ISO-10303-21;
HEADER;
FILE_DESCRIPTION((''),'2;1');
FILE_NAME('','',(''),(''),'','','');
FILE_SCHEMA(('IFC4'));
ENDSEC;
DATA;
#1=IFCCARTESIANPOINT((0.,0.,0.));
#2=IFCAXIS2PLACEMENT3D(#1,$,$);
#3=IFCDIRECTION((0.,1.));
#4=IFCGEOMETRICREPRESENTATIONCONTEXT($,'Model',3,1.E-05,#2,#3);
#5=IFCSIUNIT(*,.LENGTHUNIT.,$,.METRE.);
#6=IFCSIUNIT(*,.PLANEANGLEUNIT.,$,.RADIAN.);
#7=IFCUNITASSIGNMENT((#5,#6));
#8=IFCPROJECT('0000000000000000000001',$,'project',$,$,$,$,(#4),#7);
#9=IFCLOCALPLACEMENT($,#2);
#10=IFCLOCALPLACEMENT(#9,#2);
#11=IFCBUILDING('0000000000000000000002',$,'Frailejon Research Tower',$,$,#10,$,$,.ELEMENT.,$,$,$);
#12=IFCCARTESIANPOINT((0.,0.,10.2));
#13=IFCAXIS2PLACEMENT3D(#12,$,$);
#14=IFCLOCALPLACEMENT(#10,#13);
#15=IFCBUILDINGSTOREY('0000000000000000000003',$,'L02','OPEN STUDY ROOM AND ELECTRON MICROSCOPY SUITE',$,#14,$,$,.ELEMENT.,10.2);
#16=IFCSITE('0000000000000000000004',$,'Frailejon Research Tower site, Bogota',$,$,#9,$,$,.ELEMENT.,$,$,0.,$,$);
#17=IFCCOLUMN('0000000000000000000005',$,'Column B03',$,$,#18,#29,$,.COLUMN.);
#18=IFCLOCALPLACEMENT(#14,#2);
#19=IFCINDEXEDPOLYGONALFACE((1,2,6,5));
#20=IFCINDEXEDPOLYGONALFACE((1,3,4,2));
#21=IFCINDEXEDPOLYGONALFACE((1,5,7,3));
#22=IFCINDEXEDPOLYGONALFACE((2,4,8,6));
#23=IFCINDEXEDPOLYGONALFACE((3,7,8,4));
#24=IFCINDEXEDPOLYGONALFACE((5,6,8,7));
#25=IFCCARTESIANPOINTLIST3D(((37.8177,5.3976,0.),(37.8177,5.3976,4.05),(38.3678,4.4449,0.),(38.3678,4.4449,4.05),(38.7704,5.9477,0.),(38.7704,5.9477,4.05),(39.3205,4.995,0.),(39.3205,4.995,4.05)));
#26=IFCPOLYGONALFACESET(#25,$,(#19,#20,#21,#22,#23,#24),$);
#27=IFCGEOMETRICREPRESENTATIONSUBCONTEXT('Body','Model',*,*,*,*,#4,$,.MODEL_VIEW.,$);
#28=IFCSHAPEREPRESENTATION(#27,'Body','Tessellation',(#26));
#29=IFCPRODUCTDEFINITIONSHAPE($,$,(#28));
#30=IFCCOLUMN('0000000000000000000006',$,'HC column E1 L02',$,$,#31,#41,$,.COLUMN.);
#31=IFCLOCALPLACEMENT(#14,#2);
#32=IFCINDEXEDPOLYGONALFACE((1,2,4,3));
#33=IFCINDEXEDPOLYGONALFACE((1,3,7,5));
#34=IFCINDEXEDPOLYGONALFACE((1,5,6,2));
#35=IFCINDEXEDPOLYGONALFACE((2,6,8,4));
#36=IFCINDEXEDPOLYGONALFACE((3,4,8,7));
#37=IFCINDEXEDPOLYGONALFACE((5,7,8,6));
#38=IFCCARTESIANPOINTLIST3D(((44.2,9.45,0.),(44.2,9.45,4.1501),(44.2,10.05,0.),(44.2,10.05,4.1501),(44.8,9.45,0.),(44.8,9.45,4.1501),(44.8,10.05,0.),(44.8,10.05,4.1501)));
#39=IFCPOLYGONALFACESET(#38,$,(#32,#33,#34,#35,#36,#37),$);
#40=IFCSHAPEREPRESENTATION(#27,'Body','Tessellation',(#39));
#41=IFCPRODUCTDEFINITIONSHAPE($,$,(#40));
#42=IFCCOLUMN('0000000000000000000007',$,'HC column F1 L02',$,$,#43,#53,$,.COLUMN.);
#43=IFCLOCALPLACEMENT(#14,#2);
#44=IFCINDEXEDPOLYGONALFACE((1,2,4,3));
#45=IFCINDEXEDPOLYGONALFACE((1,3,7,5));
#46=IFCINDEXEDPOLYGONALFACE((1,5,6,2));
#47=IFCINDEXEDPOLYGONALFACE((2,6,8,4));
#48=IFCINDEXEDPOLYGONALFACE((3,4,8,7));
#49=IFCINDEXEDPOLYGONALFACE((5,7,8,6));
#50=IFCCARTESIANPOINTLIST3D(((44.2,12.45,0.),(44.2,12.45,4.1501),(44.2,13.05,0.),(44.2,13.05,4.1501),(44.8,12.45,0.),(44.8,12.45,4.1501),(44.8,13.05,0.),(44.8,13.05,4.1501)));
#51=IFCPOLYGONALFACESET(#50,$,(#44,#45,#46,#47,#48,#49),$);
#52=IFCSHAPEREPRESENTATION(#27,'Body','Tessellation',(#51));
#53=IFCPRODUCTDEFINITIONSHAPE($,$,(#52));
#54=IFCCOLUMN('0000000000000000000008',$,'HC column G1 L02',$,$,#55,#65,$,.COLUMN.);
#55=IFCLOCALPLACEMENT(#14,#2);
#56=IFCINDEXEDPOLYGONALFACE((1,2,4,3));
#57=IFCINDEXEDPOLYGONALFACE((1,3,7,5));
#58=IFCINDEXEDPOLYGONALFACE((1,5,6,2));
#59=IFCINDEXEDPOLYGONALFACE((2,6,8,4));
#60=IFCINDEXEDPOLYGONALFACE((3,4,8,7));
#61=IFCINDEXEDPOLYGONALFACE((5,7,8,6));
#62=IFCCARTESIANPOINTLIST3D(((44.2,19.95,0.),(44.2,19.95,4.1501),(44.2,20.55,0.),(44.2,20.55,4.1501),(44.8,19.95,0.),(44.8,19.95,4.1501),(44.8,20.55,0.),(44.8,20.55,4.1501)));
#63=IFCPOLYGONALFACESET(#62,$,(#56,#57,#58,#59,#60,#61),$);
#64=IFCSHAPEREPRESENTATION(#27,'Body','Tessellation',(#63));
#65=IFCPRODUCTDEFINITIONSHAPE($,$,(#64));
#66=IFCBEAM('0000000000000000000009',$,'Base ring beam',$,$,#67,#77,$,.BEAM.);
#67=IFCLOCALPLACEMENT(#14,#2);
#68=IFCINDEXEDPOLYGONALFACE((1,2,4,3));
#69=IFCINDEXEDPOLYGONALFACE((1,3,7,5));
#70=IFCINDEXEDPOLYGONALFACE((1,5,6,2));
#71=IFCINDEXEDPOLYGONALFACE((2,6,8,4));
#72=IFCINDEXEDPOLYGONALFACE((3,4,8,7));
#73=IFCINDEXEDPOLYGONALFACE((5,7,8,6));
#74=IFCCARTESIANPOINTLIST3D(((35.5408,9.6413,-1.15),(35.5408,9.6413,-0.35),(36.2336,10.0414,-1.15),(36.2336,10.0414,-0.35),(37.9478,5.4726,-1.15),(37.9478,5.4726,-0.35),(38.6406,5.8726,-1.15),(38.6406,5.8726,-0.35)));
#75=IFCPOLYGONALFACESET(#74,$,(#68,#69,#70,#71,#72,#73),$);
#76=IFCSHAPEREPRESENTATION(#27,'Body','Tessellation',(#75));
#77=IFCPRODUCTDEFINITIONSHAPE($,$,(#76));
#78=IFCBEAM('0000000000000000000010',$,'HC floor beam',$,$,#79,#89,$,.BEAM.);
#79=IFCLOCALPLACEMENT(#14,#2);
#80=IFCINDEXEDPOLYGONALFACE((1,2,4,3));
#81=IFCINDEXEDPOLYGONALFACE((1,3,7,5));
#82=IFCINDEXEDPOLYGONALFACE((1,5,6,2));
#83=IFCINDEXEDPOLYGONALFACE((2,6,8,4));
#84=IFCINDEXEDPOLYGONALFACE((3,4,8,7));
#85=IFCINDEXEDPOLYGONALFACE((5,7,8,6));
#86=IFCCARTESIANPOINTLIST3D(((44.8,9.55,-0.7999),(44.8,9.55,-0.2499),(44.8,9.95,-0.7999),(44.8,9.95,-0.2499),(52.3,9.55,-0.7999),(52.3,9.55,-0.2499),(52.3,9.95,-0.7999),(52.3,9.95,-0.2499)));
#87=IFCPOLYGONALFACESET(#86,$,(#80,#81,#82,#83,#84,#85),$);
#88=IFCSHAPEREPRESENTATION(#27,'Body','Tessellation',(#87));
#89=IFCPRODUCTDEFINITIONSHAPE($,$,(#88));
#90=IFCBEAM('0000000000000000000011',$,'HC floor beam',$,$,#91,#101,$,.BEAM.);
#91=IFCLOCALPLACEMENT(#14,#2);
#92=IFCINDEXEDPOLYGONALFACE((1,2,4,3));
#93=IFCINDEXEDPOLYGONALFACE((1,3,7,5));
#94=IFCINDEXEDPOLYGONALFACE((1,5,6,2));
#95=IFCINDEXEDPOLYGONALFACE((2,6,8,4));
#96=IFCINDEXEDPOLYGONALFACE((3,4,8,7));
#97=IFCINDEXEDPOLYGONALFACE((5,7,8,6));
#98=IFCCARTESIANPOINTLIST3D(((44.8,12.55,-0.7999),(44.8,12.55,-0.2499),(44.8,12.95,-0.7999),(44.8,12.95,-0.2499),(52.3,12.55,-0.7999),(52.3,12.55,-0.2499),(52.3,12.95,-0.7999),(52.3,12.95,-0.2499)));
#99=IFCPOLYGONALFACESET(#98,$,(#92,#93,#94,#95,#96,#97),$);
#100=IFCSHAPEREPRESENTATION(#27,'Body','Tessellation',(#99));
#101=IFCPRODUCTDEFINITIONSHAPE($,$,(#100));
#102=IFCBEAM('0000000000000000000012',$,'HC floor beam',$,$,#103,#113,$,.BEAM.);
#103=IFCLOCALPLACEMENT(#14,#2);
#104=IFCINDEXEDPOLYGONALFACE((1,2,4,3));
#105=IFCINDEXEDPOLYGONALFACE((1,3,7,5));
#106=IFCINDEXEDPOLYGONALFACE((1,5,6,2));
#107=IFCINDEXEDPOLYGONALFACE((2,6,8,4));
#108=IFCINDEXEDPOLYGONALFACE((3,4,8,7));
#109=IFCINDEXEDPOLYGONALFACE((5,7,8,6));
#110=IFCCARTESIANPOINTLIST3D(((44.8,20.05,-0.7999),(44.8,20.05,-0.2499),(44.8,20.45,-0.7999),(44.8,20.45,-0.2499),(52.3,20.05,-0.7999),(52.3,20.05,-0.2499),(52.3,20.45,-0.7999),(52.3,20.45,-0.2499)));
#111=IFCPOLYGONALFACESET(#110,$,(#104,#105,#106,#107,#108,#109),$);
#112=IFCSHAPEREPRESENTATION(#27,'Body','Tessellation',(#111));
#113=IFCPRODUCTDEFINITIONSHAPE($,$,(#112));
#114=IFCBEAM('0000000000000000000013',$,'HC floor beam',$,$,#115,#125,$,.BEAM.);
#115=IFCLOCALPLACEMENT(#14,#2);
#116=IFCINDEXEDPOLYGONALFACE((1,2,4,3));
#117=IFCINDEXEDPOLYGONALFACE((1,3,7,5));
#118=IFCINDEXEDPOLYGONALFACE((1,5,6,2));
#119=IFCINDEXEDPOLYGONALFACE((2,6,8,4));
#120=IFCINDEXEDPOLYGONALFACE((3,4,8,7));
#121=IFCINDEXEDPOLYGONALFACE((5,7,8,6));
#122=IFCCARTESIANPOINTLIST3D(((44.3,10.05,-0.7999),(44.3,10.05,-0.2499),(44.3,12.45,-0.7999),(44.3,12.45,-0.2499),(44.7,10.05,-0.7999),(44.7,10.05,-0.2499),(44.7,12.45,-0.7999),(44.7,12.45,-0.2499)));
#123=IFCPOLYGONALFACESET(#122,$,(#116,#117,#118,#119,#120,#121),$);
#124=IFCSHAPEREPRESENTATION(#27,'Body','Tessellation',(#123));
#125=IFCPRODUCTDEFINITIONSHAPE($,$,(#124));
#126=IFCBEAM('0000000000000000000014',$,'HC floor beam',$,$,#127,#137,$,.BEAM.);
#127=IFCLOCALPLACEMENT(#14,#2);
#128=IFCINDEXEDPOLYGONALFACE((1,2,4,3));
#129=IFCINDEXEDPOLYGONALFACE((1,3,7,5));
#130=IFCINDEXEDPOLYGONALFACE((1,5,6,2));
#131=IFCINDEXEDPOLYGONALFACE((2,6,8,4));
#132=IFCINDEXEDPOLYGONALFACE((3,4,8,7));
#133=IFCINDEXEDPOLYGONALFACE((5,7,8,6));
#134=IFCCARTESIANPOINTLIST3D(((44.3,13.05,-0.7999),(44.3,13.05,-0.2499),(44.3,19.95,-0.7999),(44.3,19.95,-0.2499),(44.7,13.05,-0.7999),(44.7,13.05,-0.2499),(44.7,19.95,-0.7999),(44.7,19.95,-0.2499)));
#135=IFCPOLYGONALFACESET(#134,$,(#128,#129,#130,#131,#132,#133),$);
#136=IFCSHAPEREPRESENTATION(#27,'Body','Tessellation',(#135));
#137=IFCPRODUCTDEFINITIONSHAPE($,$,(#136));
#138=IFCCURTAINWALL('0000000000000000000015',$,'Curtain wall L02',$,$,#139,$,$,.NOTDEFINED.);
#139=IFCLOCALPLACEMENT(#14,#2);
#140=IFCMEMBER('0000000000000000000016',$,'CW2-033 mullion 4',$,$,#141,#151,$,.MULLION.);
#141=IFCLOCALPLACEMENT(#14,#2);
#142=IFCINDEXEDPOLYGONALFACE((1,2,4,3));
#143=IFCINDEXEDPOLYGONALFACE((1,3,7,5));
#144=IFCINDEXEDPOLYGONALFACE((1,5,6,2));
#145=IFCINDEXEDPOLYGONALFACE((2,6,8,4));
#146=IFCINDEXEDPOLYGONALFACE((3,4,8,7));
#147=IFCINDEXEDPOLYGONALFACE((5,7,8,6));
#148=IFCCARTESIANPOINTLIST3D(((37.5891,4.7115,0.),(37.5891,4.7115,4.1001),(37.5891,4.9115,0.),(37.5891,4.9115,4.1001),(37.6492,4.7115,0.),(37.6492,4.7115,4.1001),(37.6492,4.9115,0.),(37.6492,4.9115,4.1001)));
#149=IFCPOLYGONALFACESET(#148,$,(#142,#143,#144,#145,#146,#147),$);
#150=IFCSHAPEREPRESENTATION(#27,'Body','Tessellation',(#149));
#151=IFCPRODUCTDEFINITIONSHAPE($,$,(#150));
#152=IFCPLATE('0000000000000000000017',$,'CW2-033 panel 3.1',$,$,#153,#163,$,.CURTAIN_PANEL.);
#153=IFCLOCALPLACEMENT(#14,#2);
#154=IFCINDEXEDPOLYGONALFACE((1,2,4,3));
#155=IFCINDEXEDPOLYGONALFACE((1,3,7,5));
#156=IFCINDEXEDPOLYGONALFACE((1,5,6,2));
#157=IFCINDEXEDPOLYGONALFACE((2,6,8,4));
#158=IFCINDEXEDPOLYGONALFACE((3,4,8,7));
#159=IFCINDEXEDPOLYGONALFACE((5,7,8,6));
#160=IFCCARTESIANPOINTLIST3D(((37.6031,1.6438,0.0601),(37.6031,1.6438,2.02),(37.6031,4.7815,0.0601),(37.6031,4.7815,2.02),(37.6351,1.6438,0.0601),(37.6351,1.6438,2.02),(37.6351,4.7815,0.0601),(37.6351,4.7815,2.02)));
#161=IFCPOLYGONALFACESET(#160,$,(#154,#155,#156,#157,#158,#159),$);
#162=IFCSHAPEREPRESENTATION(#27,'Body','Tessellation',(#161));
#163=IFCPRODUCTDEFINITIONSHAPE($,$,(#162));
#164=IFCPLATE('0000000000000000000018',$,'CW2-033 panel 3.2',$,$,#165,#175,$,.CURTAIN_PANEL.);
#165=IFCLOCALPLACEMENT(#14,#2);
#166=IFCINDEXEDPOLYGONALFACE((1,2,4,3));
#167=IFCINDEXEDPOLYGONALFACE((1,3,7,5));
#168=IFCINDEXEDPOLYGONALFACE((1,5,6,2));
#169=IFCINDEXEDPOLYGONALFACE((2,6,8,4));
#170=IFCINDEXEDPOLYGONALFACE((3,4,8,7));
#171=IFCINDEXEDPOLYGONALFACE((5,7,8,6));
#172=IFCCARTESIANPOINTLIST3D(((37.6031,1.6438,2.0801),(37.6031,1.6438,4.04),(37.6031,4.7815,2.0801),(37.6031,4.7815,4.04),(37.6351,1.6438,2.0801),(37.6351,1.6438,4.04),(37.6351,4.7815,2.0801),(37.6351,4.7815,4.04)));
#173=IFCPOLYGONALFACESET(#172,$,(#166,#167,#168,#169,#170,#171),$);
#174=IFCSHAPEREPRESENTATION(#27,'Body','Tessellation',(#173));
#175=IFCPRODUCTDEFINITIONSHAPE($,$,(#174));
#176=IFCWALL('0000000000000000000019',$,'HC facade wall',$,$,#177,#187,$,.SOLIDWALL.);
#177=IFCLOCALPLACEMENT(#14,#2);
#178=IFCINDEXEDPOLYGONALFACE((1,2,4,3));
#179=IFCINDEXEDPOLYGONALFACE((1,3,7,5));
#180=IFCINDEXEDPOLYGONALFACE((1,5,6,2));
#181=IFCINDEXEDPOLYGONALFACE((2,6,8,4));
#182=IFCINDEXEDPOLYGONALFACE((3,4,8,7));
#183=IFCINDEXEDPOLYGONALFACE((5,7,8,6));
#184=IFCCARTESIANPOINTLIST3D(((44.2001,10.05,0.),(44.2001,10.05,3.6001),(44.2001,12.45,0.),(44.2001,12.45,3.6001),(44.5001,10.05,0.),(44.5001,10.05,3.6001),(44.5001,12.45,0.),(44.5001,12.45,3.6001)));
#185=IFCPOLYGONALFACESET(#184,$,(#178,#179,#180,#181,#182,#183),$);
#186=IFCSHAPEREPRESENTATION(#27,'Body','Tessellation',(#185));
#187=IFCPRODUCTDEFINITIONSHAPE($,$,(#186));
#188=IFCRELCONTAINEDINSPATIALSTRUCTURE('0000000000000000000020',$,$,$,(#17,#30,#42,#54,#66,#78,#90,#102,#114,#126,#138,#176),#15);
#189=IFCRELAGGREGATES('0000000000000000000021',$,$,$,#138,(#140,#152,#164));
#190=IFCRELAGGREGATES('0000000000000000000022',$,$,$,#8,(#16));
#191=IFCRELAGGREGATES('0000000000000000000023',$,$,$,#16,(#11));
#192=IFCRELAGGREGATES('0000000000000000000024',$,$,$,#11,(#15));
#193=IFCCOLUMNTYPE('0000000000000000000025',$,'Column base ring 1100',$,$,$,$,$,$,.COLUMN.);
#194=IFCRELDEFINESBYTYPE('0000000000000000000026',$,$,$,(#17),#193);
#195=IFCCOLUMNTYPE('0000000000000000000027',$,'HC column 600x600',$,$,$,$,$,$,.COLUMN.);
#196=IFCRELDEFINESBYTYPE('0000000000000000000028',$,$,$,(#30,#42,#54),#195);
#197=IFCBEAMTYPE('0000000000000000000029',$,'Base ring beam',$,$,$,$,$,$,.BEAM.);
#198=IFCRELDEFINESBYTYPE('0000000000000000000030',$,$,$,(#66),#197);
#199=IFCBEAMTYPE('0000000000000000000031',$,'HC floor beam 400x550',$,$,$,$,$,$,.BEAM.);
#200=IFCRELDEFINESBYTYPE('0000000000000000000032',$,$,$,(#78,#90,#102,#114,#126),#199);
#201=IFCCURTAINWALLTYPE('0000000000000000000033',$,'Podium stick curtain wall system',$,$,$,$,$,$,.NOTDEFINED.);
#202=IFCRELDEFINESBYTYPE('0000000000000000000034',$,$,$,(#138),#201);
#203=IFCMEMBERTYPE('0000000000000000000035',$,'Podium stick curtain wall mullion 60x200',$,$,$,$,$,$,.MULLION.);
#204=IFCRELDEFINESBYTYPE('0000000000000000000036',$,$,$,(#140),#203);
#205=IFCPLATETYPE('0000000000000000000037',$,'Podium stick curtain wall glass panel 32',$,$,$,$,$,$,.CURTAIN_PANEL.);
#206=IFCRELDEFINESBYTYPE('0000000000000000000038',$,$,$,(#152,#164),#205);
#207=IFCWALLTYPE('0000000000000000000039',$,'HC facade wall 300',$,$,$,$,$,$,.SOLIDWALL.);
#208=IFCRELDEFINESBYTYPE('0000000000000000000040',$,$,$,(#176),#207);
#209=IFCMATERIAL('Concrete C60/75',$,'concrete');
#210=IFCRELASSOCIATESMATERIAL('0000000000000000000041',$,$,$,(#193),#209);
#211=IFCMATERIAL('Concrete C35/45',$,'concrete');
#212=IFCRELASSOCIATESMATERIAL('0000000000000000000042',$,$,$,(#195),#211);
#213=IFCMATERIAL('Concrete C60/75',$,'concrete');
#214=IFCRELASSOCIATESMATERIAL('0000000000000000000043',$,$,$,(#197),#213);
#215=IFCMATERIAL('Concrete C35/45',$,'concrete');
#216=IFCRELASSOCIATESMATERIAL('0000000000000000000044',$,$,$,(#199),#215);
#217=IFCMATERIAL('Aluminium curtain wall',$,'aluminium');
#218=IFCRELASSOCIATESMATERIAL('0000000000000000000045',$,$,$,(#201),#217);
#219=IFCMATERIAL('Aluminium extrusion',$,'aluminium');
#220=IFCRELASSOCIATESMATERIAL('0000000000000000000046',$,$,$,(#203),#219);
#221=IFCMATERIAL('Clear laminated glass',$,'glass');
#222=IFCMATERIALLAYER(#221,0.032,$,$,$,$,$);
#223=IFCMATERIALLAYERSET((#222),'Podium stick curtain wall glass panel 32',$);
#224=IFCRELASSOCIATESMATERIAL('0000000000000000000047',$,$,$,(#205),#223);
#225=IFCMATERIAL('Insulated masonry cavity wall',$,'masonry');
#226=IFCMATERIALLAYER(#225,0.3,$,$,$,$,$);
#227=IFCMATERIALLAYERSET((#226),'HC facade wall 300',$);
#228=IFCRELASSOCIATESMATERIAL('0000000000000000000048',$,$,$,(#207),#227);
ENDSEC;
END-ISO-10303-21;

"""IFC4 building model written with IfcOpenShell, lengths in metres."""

from ifc_helpers import new_model, si_unit, direction, frame, frame_2d, origin, origin_2d, place, context, subcontext, project, spatial, rectangle, extrude, material, layer, layer_set, material_profile, profile_set, type_object, element, aggregate, save


model = new_model("IFC4")

# Units and contexts
model_context = context("Model", 3, precision=1e-05, world=origin(), true_north=direction((0.0, 1.0)))
body_context = subcontext(model_context, "Body", "Model", "MODEL_VIEW")
ifc_project = project(units=[si_unit("LENGTHUNIT", "METRE"), si_unit("PLANEANGLEUNIT", "RADIAN")], contexts=[model_context])

# Site, building, storey
site_placement = place(None, origin())
site = spatial("IfcSite", under=ifc_project, at=site_placement, Name="Frailejon Research Tower site, Bogota", CompositionType="ELEMENT", RefElevation=0.0)
building_placement = place(site_placement, origin())
building = spatial("IfcBuilding", under=site, at=building_placement, Name="Frailejon Research Tower", CompositionType="ELEMENT")
storey_placement = place(building_placement, frame((0.0, 0.0, 10.2)))
storey = spatial("IfcBuildingStorey", under=building, at=storey_placement, Name="L02", Description="OPEN STUDY ROOM AND ELECTRON MICROSCOPY SUITE", CompositionType="ELEMENT", Elevation=10.2)

# Columns
ifc_material_1 = material(Name="Concrete C60/75", Category="concrete")
ifc_material_profile_1 = material_profile(ifc_material_1, rectangle(XDim=1.1001, YDim=1.1001, at=origin_2d()), Name="Column base ring 1100")
ifc_profile_set_1 = profile_set([ifc_material_profile_1], Name="Concrete C60/75")
column_type_1 = type_object("IfcColumnType", Name="Column base ring 1100", PredefinedType="COLUMN", material=ifc_profile_set_1)
column_placement = place(storey_placement, frame((38.5691, 5.1963, 0.0), z_axis=(0.0, 0.0, 1.0), x_axis=(-0.5, 0.866025, 0.0)))
element("IfcColumn", 1, at=column_placement, inside=storey, type_object=column_type_1, Name="Column B03", PredefinedType="COLUMN", context=body_context, shape_type="SweptSolid", body=[
    extrude(rectangle(XDim=1.1001, YDim=1.1001, at=origin_2d()), origin(), (0.0, 0.0, 1.0), 4.05),
])
ifc_material_2 = material(Name="Concrete C35/45", Category="concrete")
ifc_material_profile_2 = material_profile(ifc_material_2, rectangle(XDim=0.6001, YDim=0.6001, at=origin_2d()), Name="HC column 600x600")
ifc_profile_set_2 = profile_set([ifc_material_profile_2], Name="Concrete C35/45")
column_type_2 = type_object("IfcColumnType", Name="HC column 600x600", PredefinedType="COLUMN", material=ifc_profile_set_2)
for number, where, z_axis, x_axis, name in (
    (2, (44.5, 9.75, 0.0), (0.0, 0.0, 1.0), (1.0, 0.0, 0.0), "HC column E1 L02"),
    (3, (44.5, 12.75, 0.0), (0.0, 0.0, 1.0), (1.0, 0.0, 0.0), "HC column F1 L02"),
    (4, (44.5, 20.25, 0.0), (0.0, 0.0, 1.0), (1.0, 0.0, 0.0), "HC column G1 L02"),
):
    element("IfcColumn", number, at=place(storey_placement, frame(where, z_axis=z_axis, x_axis=x_axis)), inside=storey, type_object=column_type_2, Name=name, PredefinedType="COLUMN", context=body_context, shape_type="SweptSolid", body=[
        extrude(rectangle(XDim=0.6001, YDim=0.6001, at=origin_2d()), origin(), (0.0, 0.0, 1.0), 4.1501),
    ])

# Beams
ifc_material_3 = material(Name="Concrete C60/75", Category="concrete")
ifc_material_profile_3 = material_profile(ifc_material_3, rectangle(XDim=0.8, YDim=0.8, at=origin_2d()), Name="Base ring beam")
ifc_profile_set_3 = profile_set([ifc_material_profile_3], Name="Concrete C60/75")
beam_type_1 = type_object("IfcBeamType", Name="Base ring beam", PredefinedType="BEAM", material=ifc_profile_set_3)
beam_1_placement = place(storey_placement, frame((38.2942, 5.6726, -0.75), z_axis=(-0.500028, 0.866009, 0.0), x_axis=(-0.866009, -0.500028, 0.0)))
element("IfcBeam", 5, at=beam_1_placement, inside=storey, type_object=beam_type_1, Name="Base ring beam", PredefinedType="BEAM", context=body_context, shape_type="SweptSolid", body=[
    extrude(rectangle(XDim=0.8, YDim=0.8, at=origin_2d()), origin(), (0.0, 0.0, 1.0), 4.8137),
])
ifc_material_4 = material(Name="Concrete C35/45", Category="concrete")
ifc_material_profile_4 = material_profile(ifc_material_4, rectangle(XDim=0.3999, YDim=0.55, at=origin_2d()), Name="HC floor beam 400x550")
ifc_profile_set_4 = profile_set([ifc_material_profile_4], Name="Concrete C35/45")
beam_type_2 = type_object("IfcBeamType", Name="HC floor beam 400x550", PredefinedType="BEAM", material=ifc_profile_set_4)
for number, where, z_axis, x_axis, name in (
    (6, (44.8, 9.75, -0.5249), (1.0, 0.0, 0.0), (0.0, 1.0, 0.0), "HC floor beam"),
    (7, (44.8, 12.75, -0.5249), (1.0, 0.0, 0.0), (0.0, 1.0, 0.0), "HC floor beam"),
    (8, (44.8, 20.25, -0.5249), (1.0, 0.0, 0.0), (0.0, 1.0, 0.0), "HC floor beam"),
):
    element("IfcBeam", number, at=place(storey_placement, frame(where, z_axis=z_axis, x_axis=x_axis)), inside=storey, type_object=beam_type_2, Name=name, PredefinedType="BEAM", context=body_context, shape_type="SweptSolid", body=[
        extrude(rectangle(XDim=0.3999, YDim=0.55, at=origin_2d()), origin(), (0.0, 0.0, 1.0), 7.5),
    ])
beam_2_placement = place(storey_placement, frame((44.5, 10.05, -0.5249), z_axis=(0.0, 1.0, 0.0), x_axis=(-1.0, 0.0, 0.0)))
element("IfcBeam", 9, at=beam_2_placement, inside=storey, type_object=beam_type_2, Name="HC floor beam", PredefinedType="BEAM", context=body_context, shape_type="SweptSolid", body=[
    extrude(rectangle(XDim=0.3999, YDim=0.55, at=origin_2d()), origin(), (0.0, 0.0, 1.0), 2.3999),
])
beam_3_placement = place(storey_placement, frame((44.5, 13.05, -0.5249), z_axis=(0.0, 1.0, 0.0), x_axis=(-1.0, 0.0, 0.0)))
element("IfcBeam", 10, at=beam_3_placement, inside=storey, type_object=beam_type_2, Name="HC floor beam", PredefinedType="BEAM", context=body_context, shape_type="SweptSolid", body=[
    extrude(rectangle(XDim=0.3999, YDim=0.55, at=origin_2d()), origin(), (0.0, 0.0, 1.0), 6.8999),
])

# Curtain wall, member, plates
ifc_material_5 = material(Name="Aluminium curtain wall", Category="aluminium")
curtain_wall_type = type_object("IfcCurtainWallType", Name="Podium stick curtain wall system", PredefinedType="NOTDEFINED", material=ifc_material_5)
curtain_wall_placement = place(storey_placement, origin())
curtain_wall = element("IfcCurtainWall", 11, at=curtain_wall_placement, inside=storey, type_object=curtain_wall_type, Name="Curtain wall L02", PredefinedType="NOTDEFINED")
ifc_material_6 = material(Name="Aluminium extrusion", Category="aluminium")
ifc_material_profile_5 = material_profile(ifc_material_6, rectangle(XDim=0.0601, YDim=0.2, at=origin_2d()), Name="Podium stick curtain wall mullion 60x200")
ifc_profile_set_5 = profile_set([ifc_material_profile_5], Name="Aluminium extrusion")
member_type = type_object("IfcMemberType", Name="Podium stick curtain wall mullion 60x200", PredefinedType="MULLION", material=ifc_profile_set_5)
member_placement = place(storey_placement, frame((37.6191, 4.8115, 0.0), z_axis=(0.0, 0.0, 1.0), x_axis=(-1.0, 0.0, 0.0)))
member = element("IfcMember", 12, at=member_placement, type_object=member_type, Name="CW2-033 mullion 4", PredefinedType="MULLION", context=body_context, shape_type="SweptSolid", body=[
    extrude(rectangle(XDim=0.0601, YDim=0.2, at=origin_2d()), origin(), (0.0, 0.0, 1.0), 4.1001),
])
ifc_material_7 = material(Name="Clear laminated glass", Category="glass")
ifc_layer_1 = layer(ifc_material_7, 0.032)
ifc_layer_set_1 = layer_set([ifc_layer_1], Name="Podium stick curtain wall glass panel 32")
plate_type = type_object("IfcPlateType", Name="Podium stick curtain wall glass panel 32", PredefinedType="CURTAIN_PANEL", material=ifc_layer_set_1)
plate_1_placement = place(storey_placement, frame((37.6191, 3.2126, 0.0601), z_axis=(0.0, 0.0, 1.0), x_axis=(0.0, 1.0, 0.0)))
plate_1 = element("IfcPlate", 13, at=plate_1_placement, type_object=plate_type, Name="CW2-033 panel 3.1", PredefinedType="CURTAIN_PANEL", context=body_context, shape_type="SweptSolid", body=[
    extrude(rectangle(XDim=3.1377, YDim=0.032, at=origin_2d()), origin(), (0.0, 0.0, 1.0), 1.96),
])
plate_2_placement = place(storey_placement, frame((37.6191, 3.2126, 2.0801), z_axis=(0.0, 0.0, 1.0), x_axis=(0.0, 1.0, 0.0)))
plate_2 = element("IfcPlate", 14, at=plate_2_placement, type_object=plate_type, Name="CW2-033 panel 3.2", PredefinedType="CURTAIN_PANEL", context=body_context, shape_type="SweptSolid", body=[
    extrude(rectangle(XDim=3.1377, YDim=0.032, at=origin_2d()), origin(), (0.0, 0.0, 1.0), 1.96),
])
aggregate(curtain_wall, [member, plate_1, plate_2])

# Wall
ifc_material_8 = material(Name="Insulated masonry cavity wall", Category="masonry")
ifc_layer_2 = layer(ifc_material_8, 0.3)
ifc_layer_set_2 = layer_set([ifc_layer_2], Name="HC facade wall 300")
wall_type_1 = type_object("IfcWallType", Name="HC facade wall 300", PredefinedType="SOLIDWALL", material=ifc_layer_set_2)
wall_1_placement = place(storey_placement, frame((44.3501, 10.05, 0.0), z_axis=(0.0, 0.0, 1.0), x_axis=(0.0, 1.0, 0.0)))
element("IfcWall", 15, at=wall_1_placement, inside=storey, type_object=wall_type_1, Name="HC facade wall", PredefinedType="SOLIDWALL", context=body_context, shape_type="SweptSolid", body=[
    extrude(rectangle(XDim=2.3999, YDim=0.3, at=frame_2d((1.2, 0.0))), origin(), (0.0, 0.0, 1.0), 3.6001),
])

save(model, "model.ifc")
